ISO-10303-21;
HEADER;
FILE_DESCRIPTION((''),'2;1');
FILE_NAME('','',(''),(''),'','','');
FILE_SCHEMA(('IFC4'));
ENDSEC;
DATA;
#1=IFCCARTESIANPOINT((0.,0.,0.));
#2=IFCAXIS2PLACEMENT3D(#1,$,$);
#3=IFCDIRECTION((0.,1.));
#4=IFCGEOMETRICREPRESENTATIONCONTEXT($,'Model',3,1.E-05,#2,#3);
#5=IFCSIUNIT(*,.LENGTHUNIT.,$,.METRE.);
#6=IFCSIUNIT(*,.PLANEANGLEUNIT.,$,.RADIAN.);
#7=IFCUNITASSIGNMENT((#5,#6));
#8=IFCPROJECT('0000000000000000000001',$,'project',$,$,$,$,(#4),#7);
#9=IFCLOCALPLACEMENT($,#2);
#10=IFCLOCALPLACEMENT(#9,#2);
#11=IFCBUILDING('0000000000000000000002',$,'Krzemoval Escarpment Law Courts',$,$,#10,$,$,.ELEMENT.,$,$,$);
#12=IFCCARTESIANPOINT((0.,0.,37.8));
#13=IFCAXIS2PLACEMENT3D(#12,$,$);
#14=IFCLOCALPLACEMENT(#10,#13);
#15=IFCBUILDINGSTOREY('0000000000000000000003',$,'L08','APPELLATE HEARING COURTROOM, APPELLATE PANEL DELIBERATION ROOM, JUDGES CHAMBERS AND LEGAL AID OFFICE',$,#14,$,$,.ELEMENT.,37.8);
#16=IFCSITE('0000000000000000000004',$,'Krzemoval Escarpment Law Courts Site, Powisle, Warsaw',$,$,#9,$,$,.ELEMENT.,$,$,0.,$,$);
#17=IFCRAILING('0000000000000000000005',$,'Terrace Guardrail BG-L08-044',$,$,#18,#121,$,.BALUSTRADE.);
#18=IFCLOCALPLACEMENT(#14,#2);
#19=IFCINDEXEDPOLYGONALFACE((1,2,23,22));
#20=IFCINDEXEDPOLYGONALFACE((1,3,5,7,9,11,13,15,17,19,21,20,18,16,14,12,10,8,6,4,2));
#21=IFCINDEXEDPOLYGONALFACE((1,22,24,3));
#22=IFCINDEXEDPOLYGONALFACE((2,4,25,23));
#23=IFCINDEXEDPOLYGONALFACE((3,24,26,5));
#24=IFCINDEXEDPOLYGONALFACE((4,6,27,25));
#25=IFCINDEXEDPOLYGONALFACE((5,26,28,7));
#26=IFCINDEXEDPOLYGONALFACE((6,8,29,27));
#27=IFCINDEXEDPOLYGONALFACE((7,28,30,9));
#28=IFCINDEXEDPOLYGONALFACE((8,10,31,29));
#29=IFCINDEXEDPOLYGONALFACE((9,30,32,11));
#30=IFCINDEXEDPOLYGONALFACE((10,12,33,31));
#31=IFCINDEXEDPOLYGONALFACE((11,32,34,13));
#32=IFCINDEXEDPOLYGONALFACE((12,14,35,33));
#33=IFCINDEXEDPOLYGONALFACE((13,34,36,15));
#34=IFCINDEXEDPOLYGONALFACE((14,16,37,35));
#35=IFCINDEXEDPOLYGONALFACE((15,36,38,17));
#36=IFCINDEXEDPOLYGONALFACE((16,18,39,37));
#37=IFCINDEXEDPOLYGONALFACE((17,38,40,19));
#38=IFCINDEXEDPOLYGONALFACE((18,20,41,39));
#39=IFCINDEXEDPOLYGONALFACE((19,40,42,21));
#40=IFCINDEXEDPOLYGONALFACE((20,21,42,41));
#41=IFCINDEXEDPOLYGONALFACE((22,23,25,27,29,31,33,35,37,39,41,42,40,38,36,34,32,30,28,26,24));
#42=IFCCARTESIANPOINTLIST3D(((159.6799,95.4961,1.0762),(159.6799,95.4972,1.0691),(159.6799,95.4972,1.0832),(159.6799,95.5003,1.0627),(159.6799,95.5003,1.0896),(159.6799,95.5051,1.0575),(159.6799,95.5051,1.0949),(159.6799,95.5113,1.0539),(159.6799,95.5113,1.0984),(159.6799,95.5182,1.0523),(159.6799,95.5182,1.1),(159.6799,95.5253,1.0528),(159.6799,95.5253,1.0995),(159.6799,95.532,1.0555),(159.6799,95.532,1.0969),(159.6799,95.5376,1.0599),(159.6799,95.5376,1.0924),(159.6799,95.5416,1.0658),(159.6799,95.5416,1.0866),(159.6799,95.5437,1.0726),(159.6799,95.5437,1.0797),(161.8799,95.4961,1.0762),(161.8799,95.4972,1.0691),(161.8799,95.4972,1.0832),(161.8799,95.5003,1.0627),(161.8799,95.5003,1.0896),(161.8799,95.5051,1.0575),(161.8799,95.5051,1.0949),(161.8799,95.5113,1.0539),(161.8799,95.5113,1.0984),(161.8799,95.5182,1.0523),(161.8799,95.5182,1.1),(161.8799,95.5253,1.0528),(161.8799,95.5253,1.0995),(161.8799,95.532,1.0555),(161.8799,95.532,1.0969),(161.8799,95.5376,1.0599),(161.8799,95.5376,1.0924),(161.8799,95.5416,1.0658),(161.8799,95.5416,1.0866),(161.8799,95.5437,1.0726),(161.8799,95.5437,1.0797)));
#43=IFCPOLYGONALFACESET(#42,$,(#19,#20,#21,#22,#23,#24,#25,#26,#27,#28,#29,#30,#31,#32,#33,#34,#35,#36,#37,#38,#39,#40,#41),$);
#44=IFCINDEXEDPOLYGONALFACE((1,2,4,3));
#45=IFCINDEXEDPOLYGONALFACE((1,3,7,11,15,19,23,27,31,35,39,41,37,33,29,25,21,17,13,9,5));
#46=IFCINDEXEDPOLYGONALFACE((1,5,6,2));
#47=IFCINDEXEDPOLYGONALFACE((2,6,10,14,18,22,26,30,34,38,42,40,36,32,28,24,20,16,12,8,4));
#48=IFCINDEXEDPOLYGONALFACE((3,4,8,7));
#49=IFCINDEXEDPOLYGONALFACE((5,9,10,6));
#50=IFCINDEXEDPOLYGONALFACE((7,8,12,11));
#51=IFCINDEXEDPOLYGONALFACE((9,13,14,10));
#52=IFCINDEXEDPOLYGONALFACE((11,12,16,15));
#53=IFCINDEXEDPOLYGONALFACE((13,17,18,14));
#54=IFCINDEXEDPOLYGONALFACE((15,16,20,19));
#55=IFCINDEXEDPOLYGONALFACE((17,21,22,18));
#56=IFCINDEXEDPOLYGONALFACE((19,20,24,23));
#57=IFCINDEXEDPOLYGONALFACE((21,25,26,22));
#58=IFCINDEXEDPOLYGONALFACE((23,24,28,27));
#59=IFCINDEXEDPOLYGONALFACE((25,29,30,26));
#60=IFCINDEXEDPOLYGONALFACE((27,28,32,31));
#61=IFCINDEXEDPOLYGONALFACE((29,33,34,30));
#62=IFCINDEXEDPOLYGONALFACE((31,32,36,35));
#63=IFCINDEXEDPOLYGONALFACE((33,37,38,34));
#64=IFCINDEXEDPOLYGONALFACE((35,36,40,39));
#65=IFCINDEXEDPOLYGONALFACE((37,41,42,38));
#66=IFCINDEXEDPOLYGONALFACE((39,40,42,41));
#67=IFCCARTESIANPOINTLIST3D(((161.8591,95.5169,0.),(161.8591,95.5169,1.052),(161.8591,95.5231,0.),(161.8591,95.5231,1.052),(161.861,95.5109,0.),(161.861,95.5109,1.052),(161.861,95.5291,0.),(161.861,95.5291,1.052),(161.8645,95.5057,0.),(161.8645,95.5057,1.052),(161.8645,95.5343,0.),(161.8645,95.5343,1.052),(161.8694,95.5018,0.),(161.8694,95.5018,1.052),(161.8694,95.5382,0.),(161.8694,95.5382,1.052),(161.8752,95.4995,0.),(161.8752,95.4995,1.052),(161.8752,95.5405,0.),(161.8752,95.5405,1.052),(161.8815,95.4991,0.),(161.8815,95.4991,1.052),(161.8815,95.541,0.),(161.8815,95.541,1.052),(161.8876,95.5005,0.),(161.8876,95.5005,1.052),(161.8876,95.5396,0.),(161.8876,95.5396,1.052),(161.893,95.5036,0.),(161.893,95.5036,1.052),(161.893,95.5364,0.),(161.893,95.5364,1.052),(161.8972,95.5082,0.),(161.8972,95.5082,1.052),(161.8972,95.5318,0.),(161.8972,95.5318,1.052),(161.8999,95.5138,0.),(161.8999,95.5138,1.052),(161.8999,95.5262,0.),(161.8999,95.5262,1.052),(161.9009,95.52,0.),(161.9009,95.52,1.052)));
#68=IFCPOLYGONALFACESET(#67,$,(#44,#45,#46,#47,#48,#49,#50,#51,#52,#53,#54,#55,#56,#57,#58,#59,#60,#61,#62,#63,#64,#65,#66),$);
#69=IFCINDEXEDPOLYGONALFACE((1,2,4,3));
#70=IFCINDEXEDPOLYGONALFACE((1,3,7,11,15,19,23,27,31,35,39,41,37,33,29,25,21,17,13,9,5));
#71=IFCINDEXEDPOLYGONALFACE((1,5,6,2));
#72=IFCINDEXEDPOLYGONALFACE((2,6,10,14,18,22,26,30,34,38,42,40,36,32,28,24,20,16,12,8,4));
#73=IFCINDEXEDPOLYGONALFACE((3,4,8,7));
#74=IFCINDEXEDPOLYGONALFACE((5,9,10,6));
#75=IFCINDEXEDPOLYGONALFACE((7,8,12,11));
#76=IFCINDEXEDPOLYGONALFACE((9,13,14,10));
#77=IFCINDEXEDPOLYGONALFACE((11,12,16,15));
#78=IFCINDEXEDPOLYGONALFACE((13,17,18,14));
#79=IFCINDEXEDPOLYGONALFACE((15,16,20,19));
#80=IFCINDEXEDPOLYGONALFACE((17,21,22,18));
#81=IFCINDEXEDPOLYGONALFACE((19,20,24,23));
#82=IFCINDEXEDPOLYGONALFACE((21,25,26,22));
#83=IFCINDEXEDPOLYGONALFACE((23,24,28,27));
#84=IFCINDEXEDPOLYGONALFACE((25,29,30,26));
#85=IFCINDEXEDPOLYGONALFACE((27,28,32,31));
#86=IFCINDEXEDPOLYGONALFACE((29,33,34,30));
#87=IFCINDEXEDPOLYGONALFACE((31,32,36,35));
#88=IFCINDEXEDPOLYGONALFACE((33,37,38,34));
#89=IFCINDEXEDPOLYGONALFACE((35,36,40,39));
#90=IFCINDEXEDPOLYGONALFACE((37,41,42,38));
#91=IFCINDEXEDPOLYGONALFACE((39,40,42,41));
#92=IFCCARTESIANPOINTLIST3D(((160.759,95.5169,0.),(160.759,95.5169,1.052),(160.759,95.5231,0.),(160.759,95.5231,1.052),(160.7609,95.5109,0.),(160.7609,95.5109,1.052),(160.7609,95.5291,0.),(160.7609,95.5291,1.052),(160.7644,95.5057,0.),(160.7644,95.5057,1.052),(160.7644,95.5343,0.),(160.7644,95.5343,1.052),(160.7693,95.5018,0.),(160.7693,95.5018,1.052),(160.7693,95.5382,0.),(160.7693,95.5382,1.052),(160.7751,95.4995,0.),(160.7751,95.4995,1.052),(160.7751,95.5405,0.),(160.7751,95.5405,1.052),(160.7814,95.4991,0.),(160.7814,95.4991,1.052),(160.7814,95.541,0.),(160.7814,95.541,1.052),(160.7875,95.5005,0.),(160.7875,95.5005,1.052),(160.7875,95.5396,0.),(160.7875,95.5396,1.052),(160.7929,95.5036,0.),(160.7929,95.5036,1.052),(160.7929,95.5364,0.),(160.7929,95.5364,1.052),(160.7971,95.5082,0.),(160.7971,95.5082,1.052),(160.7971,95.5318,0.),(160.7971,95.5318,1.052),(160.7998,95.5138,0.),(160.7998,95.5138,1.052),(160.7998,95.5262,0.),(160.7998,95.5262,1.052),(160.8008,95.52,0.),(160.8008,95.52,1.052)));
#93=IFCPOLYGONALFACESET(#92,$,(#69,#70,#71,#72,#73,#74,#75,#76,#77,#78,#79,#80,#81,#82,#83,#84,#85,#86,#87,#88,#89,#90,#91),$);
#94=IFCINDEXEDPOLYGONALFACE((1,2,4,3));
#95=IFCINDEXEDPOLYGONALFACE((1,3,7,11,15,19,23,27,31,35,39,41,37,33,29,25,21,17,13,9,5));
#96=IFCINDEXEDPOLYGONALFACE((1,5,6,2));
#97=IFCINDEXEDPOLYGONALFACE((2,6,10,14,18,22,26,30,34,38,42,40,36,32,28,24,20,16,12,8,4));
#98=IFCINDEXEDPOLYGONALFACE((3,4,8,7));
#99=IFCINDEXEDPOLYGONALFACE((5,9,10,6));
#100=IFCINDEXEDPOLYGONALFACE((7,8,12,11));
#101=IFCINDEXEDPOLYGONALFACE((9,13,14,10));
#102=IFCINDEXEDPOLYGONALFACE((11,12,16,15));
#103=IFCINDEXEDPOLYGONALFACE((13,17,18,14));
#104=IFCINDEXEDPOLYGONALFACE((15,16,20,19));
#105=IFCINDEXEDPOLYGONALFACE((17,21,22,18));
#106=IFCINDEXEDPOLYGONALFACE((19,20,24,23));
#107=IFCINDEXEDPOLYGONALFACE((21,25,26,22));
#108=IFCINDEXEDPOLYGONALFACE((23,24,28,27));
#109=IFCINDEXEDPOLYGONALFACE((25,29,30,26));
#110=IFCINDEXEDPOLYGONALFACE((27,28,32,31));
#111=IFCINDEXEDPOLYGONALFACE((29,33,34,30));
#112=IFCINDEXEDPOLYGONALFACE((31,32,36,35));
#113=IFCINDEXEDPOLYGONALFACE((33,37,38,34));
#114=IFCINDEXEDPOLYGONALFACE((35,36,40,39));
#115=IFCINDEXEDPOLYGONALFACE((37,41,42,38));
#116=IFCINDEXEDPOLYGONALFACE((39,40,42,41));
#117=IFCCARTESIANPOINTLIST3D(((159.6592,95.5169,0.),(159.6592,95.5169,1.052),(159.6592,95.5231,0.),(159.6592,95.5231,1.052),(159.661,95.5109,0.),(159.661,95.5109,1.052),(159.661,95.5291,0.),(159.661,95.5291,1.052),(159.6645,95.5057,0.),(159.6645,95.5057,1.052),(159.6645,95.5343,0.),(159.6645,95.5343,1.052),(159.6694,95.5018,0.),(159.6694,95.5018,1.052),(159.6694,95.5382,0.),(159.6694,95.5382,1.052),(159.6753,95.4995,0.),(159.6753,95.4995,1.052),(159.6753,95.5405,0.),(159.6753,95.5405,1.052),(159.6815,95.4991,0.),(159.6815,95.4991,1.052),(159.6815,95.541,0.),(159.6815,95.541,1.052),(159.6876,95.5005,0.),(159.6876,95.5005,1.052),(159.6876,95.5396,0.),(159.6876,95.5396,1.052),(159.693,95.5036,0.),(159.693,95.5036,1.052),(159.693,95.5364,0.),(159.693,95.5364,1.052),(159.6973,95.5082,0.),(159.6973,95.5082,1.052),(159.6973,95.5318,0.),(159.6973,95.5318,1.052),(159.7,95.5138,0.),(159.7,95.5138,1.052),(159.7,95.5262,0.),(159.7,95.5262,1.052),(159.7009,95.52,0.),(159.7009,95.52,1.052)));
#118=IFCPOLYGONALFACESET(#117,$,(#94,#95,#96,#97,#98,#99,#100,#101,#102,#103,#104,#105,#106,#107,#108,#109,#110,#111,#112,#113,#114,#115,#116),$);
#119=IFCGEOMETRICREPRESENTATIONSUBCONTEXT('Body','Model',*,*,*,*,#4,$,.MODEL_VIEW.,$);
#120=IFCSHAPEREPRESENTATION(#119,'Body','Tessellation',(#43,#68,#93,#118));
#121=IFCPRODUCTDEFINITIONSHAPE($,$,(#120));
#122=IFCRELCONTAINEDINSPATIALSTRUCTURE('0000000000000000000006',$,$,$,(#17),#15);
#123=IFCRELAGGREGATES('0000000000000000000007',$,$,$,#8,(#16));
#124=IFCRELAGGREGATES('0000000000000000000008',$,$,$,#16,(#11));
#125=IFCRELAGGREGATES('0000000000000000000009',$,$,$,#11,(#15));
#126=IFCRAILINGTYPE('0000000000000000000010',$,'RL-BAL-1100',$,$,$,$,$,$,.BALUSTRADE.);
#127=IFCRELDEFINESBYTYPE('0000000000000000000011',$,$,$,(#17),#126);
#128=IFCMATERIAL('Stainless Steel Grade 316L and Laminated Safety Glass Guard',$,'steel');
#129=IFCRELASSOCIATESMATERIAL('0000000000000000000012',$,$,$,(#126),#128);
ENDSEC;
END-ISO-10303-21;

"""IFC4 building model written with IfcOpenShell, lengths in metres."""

from ifc_helpers import new_model, si_unit, direction, frame, origin, origin_2d, place, context, subcontext, project, spatial, circle, extrude, material, type_object, element, save


model = new_model("IFC4")

# Units and contexts
model_context = context("Model", 3, precision=1e-05, world=origin(), true_north=direction((0.0, 1.0)))
body_context = subcontext(model_context, "Body", "Model", "MODEL_VIEW")
ifc_project = project(units=[si_unit("LENGTHUNIT", "METRE"), si_unit("PLANEANGLEUNIT", "RADIAN")], contexts=[model_context])

# Site, building, storey
site_placement = place(None, origin())
site = spatial("IfcSite", under=ifc_project, at=site_placement, Name="Krzemoval Escarpment Law Courts Site, Powisle, Warsaw", CompositionType="ELEMENT", RefElevation=0.0)
building_placement = place(site_placement, origin())
building = spatial("IfcBuilding", under=site, at=building_placement, Name="Krzemoval Escarpment Law Courts", CompositionType="ELEMENT")
storey_placement = place(building_placement, frame((0.0, 0.0, 37.8)))
storey = spatial("IfcBuildingStorey", under=building, at=storey_placement, Name="L08", Description="APPELLATE HEARING COURTROOM, APPELLATE PANEL DELIBERATION ROOM, JUDGES CHAMBERS AND LEGAL AID OFFICE", CompositionType="ELEMENT", Elevation=37.8)

# Railing
ifc_material_1 = material(Name="Stainless Steel Grade 316L and Laminated Safety Glass Guard", Category="steel")
railing_type = type_object("IfcRailingType", Name="RL-BAL-1100", PredefinedType="BALUSTRADE", material=ifc_material_1)
railing_1_placement = place(storey_placement, frame((161.8799, 95.52, 0.0)))
element("IfcRailing", 1, at=railing_1_placement, inside=storey, type_object=railing_type, Name="Terrace Guardrail BG-L08-044", PredefinedType="BALUSTRADE", context=body_context, shape_type="SweptSolid", body=[
    extrude(circle(Radius=0.0239, at=origin_2d()), frame((0.0, 0.0, 1.0762), z_axis=(-1.0, 0.0, 0.0), x_axis=(0.0, -1.0, 0.0)), (0.0, 0.0, 1.0), 2.2),
    extrude(circle(Radius=0.021, at=origin_2d()), origin(), (0.0, 0.0, 1.0), 1.052),
    extrude(circle(Radius=0.021, at=origin_2d()), frame((-1.1001, 0.0, 0.0)), (0.0, 0.0, 1.0), 1.052),
    extrude(circle(Radius=0.021, at=origin_2d()), frame((-2.2, 0.0, 0.0)), (0.0, 0.0, 1.0), 1.052),
])

save(model, "model.ifc")
